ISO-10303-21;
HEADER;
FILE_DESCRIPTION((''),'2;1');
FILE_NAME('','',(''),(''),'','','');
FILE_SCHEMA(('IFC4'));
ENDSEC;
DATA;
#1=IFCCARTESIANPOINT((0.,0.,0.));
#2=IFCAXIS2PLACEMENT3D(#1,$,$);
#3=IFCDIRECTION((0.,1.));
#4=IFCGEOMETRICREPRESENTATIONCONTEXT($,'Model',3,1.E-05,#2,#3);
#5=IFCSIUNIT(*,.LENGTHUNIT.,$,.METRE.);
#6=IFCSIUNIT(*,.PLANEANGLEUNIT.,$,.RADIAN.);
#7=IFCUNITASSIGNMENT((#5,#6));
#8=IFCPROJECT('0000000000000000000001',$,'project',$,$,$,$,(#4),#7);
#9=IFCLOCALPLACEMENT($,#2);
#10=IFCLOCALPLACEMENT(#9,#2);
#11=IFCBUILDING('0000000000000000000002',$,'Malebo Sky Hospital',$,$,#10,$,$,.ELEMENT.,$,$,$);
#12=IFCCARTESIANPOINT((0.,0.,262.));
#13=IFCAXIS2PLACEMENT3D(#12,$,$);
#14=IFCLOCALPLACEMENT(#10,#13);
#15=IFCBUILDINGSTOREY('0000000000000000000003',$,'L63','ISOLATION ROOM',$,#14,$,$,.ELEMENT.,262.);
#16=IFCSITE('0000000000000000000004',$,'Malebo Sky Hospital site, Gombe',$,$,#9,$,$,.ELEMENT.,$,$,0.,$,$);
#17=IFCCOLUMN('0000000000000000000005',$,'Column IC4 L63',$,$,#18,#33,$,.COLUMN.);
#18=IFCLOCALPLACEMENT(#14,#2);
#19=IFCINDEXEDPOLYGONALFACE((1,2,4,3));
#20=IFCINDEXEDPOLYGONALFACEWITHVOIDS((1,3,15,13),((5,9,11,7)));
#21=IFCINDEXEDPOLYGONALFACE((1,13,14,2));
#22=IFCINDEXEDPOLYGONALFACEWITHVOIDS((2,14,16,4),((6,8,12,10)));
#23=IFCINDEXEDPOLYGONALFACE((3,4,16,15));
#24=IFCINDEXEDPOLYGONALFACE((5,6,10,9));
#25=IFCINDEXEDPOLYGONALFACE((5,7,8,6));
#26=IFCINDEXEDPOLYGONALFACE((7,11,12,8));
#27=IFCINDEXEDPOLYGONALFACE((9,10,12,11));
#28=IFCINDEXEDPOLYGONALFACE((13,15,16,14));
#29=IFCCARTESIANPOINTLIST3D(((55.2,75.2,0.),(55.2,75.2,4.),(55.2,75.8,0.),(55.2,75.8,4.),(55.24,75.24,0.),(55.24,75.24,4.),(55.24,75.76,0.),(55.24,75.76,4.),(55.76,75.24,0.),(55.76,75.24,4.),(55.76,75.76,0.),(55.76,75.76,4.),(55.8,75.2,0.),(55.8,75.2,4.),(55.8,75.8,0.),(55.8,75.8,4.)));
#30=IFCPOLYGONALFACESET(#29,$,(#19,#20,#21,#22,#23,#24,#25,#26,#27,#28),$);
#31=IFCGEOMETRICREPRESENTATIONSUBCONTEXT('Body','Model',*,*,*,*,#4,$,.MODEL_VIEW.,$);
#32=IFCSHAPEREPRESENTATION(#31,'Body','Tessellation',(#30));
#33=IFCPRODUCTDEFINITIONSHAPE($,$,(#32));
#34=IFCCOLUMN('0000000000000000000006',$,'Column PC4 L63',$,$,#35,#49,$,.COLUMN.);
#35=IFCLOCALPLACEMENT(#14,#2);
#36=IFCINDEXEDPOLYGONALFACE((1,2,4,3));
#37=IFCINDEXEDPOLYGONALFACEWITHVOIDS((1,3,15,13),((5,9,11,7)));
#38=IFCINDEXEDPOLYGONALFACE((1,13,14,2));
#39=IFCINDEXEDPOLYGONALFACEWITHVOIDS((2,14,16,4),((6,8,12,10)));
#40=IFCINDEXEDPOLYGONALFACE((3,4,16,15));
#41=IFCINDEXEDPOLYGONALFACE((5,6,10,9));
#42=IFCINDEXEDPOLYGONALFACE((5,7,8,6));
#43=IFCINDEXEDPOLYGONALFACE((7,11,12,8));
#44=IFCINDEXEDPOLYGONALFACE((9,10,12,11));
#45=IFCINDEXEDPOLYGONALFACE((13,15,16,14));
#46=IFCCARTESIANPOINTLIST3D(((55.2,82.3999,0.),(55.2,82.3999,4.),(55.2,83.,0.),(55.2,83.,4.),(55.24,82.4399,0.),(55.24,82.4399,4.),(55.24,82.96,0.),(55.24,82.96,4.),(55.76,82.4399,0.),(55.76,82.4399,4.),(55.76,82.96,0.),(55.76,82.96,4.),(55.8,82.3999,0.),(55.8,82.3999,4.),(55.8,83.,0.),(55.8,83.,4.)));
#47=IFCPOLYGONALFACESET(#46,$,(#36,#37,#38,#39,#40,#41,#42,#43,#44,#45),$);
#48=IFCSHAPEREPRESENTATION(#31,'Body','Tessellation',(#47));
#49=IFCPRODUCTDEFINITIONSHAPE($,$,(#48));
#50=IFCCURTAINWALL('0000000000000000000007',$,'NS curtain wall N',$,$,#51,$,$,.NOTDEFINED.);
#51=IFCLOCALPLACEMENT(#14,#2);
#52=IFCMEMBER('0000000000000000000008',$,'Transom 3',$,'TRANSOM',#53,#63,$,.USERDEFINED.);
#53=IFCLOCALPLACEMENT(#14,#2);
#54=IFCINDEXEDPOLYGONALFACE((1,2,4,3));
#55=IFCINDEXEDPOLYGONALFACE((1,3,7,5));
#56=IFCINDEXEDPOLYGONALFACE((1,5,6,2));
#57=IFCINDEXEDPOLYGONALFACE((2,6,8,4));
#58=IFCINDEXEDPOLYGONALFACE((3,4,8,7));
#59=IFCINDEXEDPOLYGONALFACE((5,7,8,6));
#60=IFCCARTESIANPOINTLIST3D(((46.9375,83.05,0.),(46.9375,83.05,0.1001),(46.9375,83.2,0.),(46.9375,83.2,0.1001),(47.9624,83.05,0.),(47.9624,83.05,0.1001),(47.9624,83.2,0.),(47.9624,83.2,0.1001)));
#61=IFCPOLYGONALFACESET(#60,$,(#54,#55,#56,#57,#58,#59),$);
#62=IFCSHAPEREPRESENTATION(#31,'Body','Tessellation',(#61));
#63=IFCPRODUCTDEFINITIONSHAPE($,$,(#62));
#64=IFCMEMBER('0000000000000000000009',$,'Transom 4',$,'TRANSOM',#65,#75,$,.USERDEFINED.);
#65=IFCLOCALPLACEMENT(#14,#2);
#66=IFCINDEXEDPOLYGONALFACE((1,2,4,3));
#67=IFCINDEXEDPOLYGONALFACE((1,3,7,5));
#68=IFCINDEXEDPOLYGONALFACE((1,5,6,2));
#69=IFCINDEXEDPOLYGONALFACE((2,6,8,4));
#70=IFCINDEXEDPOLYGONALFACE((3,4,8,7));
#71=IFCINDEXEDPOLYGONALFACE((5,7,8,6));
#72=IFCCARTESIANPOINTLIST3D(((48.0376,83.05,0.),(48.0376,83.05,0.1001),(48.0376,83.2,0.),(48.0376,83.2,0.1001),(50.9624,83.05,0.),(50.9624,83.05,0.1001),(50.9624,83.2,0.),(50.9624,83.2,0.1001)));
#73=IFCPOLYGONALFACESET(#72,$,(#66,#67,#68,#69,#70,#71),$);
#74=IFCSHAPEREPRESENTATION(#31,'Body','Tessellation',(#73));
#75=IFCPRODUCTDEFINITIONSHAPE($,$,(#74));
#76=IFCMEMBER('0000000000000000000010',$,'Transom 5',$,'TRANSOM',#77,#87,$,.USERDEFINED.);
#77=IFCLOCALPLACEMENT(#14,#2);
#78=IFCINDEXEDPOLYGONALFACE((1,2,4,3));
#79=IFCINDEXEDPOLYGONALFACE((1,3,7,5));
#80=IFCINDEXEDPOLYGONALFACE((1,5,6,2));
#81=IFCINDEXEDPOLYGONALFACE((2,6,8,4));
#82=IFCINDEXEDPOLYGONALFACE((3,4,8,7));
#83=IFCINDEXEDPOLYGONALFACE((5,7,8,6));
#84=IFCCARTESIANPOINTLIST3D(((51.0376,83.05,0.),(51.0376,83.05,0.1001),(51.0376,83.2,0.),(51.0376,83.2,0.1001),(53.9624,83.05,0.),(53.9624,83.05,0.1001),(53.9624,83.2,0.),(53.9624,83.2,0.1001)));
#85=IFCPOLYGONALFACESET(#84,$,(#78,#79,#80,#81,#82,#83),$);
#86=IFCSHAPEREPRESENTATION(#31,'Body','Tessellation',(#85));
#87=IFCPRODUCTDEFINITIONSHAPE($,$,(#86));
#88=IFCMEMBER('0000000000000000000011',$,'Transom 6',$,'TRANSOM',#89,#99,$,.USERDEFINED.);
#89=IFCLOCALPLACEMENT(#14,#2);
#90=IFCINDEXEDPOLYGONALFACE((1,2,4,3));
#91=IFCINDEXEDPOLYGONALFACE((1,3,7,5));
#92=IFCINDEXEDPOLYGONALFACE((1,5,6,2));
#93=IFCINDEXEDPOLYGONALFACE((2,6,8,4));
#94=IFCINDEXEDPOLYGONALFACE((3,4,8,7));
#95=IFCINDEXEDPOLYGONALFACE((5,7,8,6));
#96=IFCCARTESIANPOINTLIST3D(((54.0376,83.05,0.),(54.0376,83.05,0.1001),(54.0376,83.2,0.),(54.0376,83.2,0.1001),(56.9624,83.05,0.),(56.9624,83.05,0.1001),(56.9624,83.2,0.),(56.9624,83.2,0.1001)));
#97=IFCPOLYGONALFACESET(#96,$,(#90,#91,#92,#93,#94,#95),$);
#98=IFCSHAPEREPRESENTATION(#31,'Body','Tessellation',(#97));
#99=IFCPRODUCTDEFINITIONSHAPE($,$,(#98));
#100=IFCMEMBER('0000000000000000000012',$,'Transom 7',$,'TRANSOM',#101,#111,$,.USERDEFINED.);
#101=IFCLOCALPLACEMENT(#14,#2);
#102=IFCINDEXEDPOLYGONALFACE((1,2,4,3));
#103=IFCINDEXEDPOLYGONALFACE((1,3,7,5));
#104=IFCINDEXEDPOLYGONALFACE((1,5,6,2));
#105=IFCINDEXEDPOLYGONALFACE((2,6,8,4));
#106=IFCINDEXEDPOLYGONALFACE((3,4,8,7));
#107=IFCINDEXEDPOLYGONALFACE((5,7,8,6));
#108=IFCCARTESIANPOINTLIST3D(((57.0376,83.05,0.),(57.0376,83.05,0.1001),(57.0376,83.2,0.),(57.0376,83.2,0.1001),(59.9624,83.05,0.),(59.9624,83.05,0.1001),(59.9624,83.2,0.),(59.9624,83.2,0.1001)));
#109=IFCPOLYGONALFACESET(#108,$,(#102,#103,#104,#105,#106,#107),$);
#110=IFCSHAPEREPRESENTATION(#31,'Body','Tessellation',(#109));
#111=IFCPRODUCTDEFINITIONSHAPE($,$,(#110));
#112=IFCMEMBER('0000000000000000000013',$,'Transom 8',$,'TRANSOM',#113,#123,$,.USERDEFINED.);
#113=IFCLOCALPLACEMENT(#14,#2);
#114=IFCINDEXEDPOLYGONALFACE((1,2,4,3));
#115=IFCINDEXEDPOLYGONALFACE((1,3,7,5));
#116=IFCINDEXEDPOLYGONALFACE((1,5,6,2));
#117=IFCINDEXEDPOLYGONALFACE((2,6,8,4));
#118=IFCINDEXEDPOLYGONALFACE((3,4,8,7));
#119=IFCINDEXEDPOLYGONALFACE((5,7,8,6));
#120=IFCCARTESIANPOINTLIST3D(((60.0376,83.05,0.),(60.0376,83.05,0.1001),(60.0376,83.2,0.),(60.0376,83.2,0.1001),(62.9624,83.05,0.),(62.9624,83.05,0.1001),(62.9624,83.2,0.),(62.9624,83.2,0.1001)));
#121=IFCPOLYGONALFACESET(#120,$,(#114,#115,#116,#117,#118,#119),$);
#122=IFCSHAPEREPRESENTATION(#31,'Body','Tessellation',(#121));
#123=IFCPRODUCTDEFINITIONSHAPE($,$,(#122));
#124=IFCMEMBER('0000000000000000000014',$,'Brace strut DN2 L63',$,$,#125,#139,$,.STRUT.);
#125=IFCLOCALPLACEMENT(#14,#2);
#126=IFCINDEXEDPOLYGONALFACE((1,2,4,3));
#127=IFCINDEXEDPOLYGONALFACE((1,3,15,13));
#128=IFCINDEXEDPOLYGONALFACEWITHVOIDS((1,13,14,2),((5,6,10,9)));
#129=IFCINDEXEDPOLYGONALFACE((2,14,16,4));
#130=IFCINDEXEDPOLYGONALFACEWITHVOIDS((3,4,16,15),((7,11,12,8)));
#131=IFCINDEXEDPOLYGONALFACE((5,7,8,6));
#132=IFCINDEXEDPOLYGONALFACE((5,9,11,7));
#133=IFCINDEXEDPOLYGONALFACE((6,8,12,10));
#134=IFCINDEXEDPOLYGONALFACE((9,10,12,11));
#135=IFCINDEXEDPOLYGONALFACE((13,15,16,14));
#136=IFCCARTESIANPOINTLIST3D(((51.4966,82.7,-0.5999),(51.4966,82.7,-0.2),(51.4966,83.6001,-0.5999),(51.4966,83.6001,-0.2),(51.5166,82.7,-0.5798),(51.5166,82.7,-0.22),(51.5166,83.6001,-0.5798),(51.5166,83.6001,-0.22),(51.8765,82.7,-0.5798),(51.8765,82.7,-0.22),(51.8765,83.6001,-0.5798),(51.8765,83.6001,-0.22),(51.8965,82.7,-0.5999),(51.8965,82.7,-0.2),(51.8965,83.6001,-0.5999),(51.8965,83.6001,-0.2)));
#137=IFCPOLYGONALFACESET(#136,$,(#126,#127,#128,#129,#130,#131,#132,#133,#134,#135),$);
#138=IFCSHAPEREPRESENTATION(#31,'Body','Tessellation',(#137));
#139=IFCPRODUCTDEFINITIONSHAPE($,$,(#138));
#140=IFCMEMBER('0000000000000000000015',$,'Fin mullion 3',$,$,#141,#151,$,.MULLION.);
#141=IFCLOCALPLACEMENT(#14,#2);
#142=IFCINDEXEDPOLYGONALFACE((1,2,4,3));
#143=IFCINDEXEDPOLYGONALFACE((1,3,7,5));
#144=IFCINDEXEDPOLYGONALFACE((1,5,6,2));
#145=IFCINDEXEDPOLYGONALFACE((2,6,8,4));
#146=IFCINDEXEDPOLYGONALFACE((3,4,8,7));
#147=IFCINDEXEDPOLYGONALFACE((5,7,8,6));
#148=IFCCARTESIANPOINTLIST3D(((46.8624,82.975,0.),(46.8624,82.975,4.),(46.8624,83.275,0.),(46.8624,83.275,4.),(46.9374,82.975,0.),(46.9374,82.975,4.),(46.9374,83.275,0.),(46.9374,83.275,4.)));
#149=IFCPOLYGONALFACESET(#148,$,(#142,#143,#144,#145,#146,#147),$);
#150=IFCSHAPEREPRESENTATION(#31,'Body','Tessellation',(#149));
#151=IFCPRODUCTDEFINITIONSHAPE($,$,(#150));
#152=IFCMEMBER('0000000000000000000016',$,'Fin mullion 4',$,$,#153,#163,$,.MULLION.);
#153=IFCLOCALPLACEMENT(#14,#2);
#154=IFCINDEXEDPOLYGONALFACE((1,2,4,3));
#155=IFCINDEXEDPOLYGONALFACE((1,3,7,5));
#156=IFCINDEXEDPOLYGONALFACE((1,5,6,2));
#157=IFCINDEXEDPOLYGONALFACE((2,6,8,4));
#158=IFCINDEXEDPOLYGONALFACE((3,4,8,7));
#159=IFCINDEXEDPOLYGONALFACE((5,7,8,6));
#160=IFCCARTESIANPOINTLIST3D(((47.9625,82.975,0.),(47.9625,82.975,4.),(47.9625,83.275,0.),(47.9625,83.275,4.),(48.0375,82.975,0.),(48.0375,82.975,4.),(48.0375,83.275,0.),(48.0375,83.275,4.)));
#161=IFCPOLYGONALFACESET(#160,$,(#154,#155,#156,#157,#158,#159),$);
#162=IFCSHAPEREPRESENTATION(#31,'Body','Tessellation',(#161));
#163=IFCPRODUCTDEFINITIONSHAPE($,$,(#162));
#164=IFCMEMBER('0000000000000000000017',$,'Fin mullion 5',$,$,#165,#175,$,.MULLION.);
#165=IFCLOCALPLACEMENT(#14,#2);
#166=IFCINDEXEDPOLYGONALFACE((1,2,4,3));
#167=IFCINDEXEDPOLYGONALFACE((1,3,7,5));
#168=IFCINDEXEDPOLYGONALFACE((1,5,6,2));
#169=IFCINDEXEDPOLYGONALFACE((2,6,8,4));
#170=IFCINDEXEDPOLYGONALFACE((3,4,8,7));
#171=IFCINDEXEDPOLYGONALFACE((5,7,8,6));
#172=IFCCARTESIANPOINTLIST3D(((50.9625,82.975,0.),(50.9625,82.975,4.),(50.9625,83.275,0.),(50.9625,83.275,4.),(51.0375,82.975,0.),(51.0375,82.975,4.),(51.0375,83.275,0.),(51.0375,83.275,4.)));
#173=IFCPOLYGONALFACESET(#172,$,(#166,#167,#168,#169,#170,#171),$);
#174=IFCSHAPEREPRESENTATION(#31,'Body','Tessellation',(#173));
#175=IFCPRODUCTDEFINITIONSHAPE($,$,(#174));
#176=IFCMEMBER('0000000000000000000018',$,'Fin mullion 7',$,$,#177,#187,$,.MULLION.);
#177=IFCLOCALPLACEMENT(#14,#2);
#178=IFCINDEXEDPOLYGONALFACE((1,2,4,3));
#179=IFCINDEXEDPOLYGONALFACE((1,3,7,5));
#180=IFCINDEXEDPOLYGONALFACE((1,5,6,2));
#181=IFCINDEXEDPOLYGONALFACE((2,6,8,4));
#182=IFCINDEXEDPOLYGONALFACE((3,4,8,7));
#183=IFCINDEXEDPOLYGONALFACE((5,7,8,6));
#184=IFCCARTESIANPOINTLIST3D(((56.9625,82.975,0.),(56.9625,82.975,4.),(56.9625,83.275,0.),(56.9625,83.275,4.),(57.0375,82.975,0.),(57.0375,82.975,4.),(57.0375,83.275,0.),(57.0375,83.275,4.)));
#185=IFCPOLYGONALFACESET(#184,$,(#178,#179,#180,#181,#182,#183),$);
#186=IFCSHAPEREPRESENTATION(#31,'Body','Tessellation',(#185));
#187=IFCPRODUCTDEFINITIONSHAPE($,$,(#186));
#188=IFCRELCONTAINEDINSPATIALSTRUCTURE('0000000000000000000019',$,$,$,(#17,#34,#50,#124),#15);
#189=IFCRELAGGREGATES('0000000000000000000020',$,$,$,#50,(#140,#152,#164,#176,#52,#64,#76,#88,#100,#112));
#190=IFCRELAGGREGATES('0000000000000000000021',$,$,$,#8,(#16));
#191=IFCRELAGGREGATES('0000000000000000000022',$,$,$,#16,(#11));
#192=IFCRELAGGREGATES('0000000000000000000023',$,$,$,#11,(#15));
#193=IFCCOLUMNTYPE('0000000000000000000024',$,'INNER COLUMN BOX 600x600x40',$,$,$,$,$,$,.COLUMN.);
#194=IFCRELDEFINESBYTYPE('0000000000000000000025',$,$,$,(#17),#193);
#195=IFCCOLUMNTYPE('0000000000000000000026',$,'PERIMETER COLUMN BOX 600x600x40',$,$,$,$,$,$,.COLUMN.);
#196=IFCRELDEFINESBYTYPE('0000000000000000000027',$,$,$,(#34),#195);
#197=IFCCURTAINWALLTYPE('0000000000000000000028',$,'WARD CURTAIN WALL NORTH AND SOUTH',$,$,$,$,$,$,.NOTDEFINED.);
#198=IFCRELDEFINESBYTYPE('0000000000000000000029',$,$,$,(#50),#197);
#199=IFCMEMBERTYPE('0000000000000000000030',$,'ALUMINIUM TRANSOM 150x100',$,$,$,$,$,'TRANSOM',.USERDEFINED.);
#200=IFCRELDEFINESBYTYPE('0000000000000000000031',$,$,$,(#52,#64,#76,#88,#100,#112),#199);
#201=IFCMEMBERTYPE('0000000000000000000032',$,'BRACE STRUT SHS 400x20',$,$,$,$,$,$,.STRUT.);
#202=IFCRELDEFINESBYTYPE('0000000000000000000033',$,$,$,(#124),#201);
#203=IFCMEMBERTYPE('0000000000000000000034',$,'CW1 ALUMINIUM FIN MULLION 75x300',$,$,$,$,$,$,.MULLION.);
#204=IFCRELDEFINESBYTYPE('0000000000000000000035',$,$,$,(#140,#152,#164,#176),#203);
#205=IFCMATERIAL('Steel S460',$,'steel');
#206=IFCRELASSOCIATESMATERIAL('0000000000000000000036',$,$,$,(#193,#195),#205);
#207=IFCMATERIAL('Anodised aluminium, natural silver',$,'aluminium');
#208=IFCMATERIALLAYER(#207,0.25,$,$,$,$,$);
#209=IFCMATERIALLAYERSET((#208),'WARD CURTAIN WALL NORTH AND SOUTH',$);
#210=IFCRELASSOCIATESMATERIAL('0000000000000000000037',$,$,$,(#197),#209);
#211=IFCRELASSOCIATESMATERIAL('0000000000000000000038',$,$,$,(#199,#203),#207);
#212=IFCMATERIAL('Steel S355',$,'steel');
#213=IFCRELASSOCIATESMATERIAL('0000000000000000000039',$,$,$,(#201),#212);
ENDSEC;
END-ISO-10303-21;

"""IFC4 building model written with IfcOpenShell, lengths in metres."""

from ifc_helpers import new_model, si_unit, direction, frame, origin, origin_2d, place, context, subcontext, project, spatial, rectangle, hollow_rectangle, extrude, material, layer, layer_set, material_profile, profile_set, type_object, element, aggregate, save


model = new_model("IFC4")

# Units and contexts
model_context = context("Model", 3, precision=1e-05, world=origin(), true_north=direction((0.0, 1.0)))
body_context = subcontext(model_context, "Body", "Model", "MODEL_VIEW")
ifc_project = project(units=[si_unit("LENGTHUNIT", "METRE"), si_unit("PLANEANGLEUNIT", "RADIAN")], contexts=[model_context])

# Site, building, storey
site_placement = place(None, origin())
site = spatial("IfcSite", under=ifc_project, at=site_placement, Name="Malebo Sky Hospital site, Gombe", CompositionType="ELEMENT", RefElevation=0.0)
building_placement = place(site_placement, origin())
building = spatial("IfcBuilding", under=site, at=building_placement, Name="Malebo Sky Hospital", CompositionType="ELEMENT")
storey_placement = place(building_placement, frame((0.0, 0.0, 262.0)))
storey = spatial("IfcBuildingStorey", under=building, at=storey_placement, Name="L63", Description="ISOLATION ROOM", CompositionType="ELEMENT", Elevation=262.0)

# Columns
ifc_material_1 = material(Name="Steel S460", Category="steel")
ifc_material_profile_1 = material_profile(ifc_material_1, hollow_rectangle(XDim=0.6001, YDim=0.6001, WallThickness=0.04, at=origin_2d()), Name="BOX 600x600x40")
ifc_profile_set_1 = profile_set([ifc_material_profile_1], Name="Steel S460")
column_type_1 = type_object("IfcColumnType", Name="INNER COLUMN BOX 600x600x40", PredefinedType="COLUMN", material=ifc_profile_set_1)
column_1_placement = place(storey_placement, frame((55.5, 75.5, 0.0), z_axis=(0.0, 0.0, 1.0), x_axis=(1.0, 0.0, 0.0)))
element("IfcColumn", 1, at=column_1_placement, inside=storey, type_object=column_type_1, Name="Column IC4 L63", PredefinedType="COLUMN", context=body_context, shape_type="SweptSolid", body=[
    extrude(hollow_rectangle(XDim=0.6001, YDim=0.6001, WallThickness=0.04, at=origin_2d()), origin(), (0.0, 0.0, 1.0), 4.0),
])
ifc_material_profile_2 = material_profile(ifc_material_1, hollow_rectangle(XDim=0.6001, YDim=0.6001, WallThickness=0.04, at=origin_2d()), Name="BOX 600x600x40")
ifc_profile_set_2 = profile_set([ifc_material_profile_2], Name="Steel S460")
column_type_2 = type_object("IfcColumnType", Name="PERIMETER COLUMN BOX 600x600x40", PredefinedType="COLUMN", material=ifc_profile_set_2)
column_2_placement = place(storey_placement, frame((55.5, 82.7, 0.0), z_axis=(0.0, 0.0, 1.0), x_axis=(1.0, 0.0, 0.0)))
element("IfcColumn", 2, at=column_2_placement, inside=storey, type_object=column_type_2, Name="Column PC4 L63", PredefinedType="COLUMN", context=body_context, shape_type="SweptSolid", body=[
    extrude(hollow_rectangle(XDim=0.6001, YDim=0.6001, WallThickness=0.04, at=origin_2d()), origin(), (0.0, 0.0, 1.0), 4.0),
])

# Curtain wall, members
ifc_material_2 = material(Name="Anodised aluminium, natural silver", Category="aluminium")
ifc_layer_1 = layer(ifc_material_2, 0.25)
ifc_layer_set_1 = layer_set([ifc_layer_1], Name="WARD CURTAIN WALL NORTH AND SOUTH")
curtain_wall_type = type_object("IfcCurtainWallType", Name="WARD CURTAIN WALL NORTH AND SOUTH", PredefinedType="NOTDEFINED", material=ifc_layer_set_1)
curtain_wall_placement = place(storey_placement, origin())
curtain_wall = element("IfcCurtainWall", 3, at=curtain_wall_placement, inside=storey, type_object=curtain_wall_type, Name="NS curtain wall N", PredefinedType="NOTDEFINED")
ifc_material_profile_3 = material_profile(ifc_material_2, rectangle(XDim=0.1499, YDim=0.1001, at=origin_2d()), Name="ALUMINIUM TRANSOM 150x100")
ifc_profile_set_3 = profile_set([ifc_material_profile_3], Name="Anodised aluminium, natural silver")
member_type_1 = type_object("IfcMemberType", Name="ALUMINIUM TRANSOM 150x100", ElementType="TRANSOM", PredefinedType="USERDEFINED", material=ifc_profile_set_3)
member_1_placement = place(storey_placement, frame((46.9375, 83.125, 0.05), z_axis=(1.0, 0.0, 0.0), x_axis=(0.0, 1.0, 0.0)))
member_1 = element("IfcMember", 4, at=member_1_placement, type_object=member_type_1, Name="Transom 3", ObjectType="TRANSOM", PredefinedType="USERDEFINED", context=body_context, shape_type="SweptSolid", body=[
    extrude(rectangle(XDim=0.1499, YDim=0.1001, at=origin_2d()), origin(), (0.0, 0.0, 1.0), 1.0249),
])
member_2_placement = place(storey_placement, frame((48.0376, 83.125, 0.05), z_axis=(1.0, 0.0, 0.0), x_axis=(0.0, 1.0, 0.0)))
member_2 = element("IfcMember", 5, at=member_2_placement, type_object=member_type_1, Name="Transom 4", ObjectType="TRANSOM", PredefinedType="USERDEFINED", context=body_context, shape_type="SweptSolid", body=[
    extrude(rectangle(XDim=0.1499, YDim=0.1001, at=origin_2d()), origin(), (0.0, 0.0, 1.0), 2.9248),
])
member_3_placement = place(storey_placement, frame((51.0376, 83.125, 0.05), z_axis=(1.0, 0.0, 0.0), x_axis=(0.0, 1.0, 0.0)))
member_3 = element("IfcMember", 6, at=member_3_placement, type_object=member_type_1, Name="Transom 5", ObjectType="TRANSOM", PredefinedType="USERDEFINED", context=body_context, shape_type="SweptSolid", body=[
    extrude(rectangle(XDim=0.1499, YDim=0.1001, at=origin_2d()), origin(), (0.0, 0.0, 1.0), 2.9248),
])
member_4_placement = place(storey_placement, frame((54.0376, 83.125, 0.05), z_axis=(1.0, 0.0, 0.0), x_axis=(0.0, 1.0, 0.0)))
member_4 = element("IfcMember", 7, at=member_4_placement, type_object=member_type_1, Name="Transom 6", ObjectType="TRANSOM", PredefinedType="USERDEFINED", context=body_context, shape_type="SweptSolid", body=[
    extrude(rectangle(XDim=0.1499, YDim=0.1001, at=origin_2d()), origin(), (0.0, 0.0, 1.0), 2.9248),
])
member_5_placement = place(storey_placement, frame((57.0376, 83.125, 0.05), z_axis=(1.0, 0.0, 0.0), x_axis=(0.0, 1.0, 0.0)))
member_5 = element("IfcMember", 8, at=member_5_placement, type_object=member_type_1, Name="Transom 7", ObjectType="TRANSOM", PredefinedType="USERDEFINED", context=body_context, shape_type="SweptSolid", body=[
    extrude(rectangle(XDim=0.1499, YDim=0.1001, at=origin_2d()), origin(), (0.0, 0.0, 1.0), 2.9248),
])
member_6_placement = place(storey_placement, frame((60.0376, 83.125, 0.05), z_axis=(1.0, 0.0, 0.0), x_axis=(0.0, 1.0, 0.0)))
member_6 = element("IfcMember", 9, at=member_6_placement, type_object=member_type_1, Name="Transom 8", ObjectType="TRANSOM", PredefinedType="USERDEFINED", context=body_context, shape_type="SweptSolid", body=[
    extrude(rectangle(XDim=0.1499, YDim=0.1001, at=origin_2d()), origin(), (0.0, 0.0, 1.0), 2.9248),
])

# Members
ifc_material_3 = material(Name="Steel S355", Category="steel")
ifc_material_profile_4 = material_profile(ifc_material_3, hollow_rectangle(XDim=0.3999, YDim=0.3999, WallThickness=0.02, at=origin_2d()), Name="SHS 400x20")
ifc_profile_set_4 = profile_set([ifc_material_profile_4], Name="Steel S355")
member_type_2 = type_object("IfcMemberType", Name="BRACE STRUT SHS 400x20", PredefinedType="STRUT", material=ifc_profile_set_4)
member_7_placement = place(storey_placement, frame((51.6965, 83.6001, -0.3999), z_axis=(0.0, -1.0, 0.0), x_axis=(1.0, 0.0, 0.0)))
element("IfcMember", 10, at=member_7_placement, inside=storey, type_object=member_type_2, Name="Brace strut DN2 L63", PredefinedType="STRUT", context=body_context, shape_type="SweptSolid", body=[
    extrude(hollow_rectangle(XDim=0.3999, YDim=0.3999, WallThickness=0.02, at=origin_2d()), origin(), (0.0, 0.0, 1.0), 0.9001),
])
ifc_material_profile_5 = material_profile(ifc_material_2, rectangle(XDim=0.075, YDim=0.3, at=origin_2d()), Name="CW1 ALUMINIUM FIN MULLION 75x300")
ifc_profile_set_5 = profile_set([ifc_material_profile_5], Name="Anodised aluminium, natural silver")
member_type_3 = type_object("IfcMemberType", Name="CW1 ALUMINIUM FIN MULLION 75x300", PredefinedType="MULLION", material=ifc_profile_set_5)
member_8_placement = place(storey_placement, frame((46.8999, 83.125, 0.0), z_axis=(0.0, 0.0, 1.0), x_axis=(1.0, 0.0, 0.0)))
member_8 = element("IfcMember", 11, at=member_8_placement, type_object=member_type_3, Name="Fin mullion 3", PredefinedType="MULLION", context=body_context, shape_type="SweptSolid", body=[
    extrude(rectangle(XDim=0.075, YDim=0.3, at=origin_2d()), origin(), (0.0, 0.0, 1.0), 4.0),
])
member_9_placement = place(storey_placement, frame((48.0, 83.125, 0.0), z_axis=(0.0, 0.0, 1.0), x_axis=(1.0, 0.0, 0.0)))
member_9 = element("IfcMember", 12, at=member_9_placement, type_object=member_type_3, Name="Fin mullion 4", PredefinedType="MULLION", context=body_context, shape_type="SweptSolid", body=[
    extrude(rectangle(XDim=0.075, YDim=0.3, at=origin_2d()), origin(), (0.0, 0.0, 1.0), 4.0),
])
member_10_placement = place(storey_placement, frame((51.0, 83.125, 0.0), z_axis=(0.0, 0.0, 1.0), x_axis=(1.0, 0.0, 0.0)))
member_10 = element("IfcMember", 13, at=member_10_placement, type_object=member_type_3, Name="Fin mullion 5", PredefinedType="MULLION", context=body_context, shape_type="SweptSolid", body=[
    extrude(rectangle(XDim=0.075, YDim=0.3, at=origin_2d()), origin(), (0.0, 0.0, 1.0), 4.0),
])
member_11_placement = place(storey_placement, frame((57.0, 83.125, 0.0), z_axis=(0.0, 0.0, 1.0), x_axis=(1.0, 0.0, 0.0)))
member_11 = element("IfcMember", 14, at=member_11_placement, type_object=member_type_3, Name="Fin mullion 7", PredefinedType="MULLION", context=body_context, shape_type="SweptSolid", body=[
    extrude(rectangle(XDim=0.075, YDim=0.3, at=origin_2d()), origin(), (0.0, 0.0, 1.0), 4.0),
])

aggregate(curtain_wall, [member_8, member_9, member_10, member_11, member_1, member_2, member_3, member_4, member_5, member_6])

save(model, "model.ifc")
